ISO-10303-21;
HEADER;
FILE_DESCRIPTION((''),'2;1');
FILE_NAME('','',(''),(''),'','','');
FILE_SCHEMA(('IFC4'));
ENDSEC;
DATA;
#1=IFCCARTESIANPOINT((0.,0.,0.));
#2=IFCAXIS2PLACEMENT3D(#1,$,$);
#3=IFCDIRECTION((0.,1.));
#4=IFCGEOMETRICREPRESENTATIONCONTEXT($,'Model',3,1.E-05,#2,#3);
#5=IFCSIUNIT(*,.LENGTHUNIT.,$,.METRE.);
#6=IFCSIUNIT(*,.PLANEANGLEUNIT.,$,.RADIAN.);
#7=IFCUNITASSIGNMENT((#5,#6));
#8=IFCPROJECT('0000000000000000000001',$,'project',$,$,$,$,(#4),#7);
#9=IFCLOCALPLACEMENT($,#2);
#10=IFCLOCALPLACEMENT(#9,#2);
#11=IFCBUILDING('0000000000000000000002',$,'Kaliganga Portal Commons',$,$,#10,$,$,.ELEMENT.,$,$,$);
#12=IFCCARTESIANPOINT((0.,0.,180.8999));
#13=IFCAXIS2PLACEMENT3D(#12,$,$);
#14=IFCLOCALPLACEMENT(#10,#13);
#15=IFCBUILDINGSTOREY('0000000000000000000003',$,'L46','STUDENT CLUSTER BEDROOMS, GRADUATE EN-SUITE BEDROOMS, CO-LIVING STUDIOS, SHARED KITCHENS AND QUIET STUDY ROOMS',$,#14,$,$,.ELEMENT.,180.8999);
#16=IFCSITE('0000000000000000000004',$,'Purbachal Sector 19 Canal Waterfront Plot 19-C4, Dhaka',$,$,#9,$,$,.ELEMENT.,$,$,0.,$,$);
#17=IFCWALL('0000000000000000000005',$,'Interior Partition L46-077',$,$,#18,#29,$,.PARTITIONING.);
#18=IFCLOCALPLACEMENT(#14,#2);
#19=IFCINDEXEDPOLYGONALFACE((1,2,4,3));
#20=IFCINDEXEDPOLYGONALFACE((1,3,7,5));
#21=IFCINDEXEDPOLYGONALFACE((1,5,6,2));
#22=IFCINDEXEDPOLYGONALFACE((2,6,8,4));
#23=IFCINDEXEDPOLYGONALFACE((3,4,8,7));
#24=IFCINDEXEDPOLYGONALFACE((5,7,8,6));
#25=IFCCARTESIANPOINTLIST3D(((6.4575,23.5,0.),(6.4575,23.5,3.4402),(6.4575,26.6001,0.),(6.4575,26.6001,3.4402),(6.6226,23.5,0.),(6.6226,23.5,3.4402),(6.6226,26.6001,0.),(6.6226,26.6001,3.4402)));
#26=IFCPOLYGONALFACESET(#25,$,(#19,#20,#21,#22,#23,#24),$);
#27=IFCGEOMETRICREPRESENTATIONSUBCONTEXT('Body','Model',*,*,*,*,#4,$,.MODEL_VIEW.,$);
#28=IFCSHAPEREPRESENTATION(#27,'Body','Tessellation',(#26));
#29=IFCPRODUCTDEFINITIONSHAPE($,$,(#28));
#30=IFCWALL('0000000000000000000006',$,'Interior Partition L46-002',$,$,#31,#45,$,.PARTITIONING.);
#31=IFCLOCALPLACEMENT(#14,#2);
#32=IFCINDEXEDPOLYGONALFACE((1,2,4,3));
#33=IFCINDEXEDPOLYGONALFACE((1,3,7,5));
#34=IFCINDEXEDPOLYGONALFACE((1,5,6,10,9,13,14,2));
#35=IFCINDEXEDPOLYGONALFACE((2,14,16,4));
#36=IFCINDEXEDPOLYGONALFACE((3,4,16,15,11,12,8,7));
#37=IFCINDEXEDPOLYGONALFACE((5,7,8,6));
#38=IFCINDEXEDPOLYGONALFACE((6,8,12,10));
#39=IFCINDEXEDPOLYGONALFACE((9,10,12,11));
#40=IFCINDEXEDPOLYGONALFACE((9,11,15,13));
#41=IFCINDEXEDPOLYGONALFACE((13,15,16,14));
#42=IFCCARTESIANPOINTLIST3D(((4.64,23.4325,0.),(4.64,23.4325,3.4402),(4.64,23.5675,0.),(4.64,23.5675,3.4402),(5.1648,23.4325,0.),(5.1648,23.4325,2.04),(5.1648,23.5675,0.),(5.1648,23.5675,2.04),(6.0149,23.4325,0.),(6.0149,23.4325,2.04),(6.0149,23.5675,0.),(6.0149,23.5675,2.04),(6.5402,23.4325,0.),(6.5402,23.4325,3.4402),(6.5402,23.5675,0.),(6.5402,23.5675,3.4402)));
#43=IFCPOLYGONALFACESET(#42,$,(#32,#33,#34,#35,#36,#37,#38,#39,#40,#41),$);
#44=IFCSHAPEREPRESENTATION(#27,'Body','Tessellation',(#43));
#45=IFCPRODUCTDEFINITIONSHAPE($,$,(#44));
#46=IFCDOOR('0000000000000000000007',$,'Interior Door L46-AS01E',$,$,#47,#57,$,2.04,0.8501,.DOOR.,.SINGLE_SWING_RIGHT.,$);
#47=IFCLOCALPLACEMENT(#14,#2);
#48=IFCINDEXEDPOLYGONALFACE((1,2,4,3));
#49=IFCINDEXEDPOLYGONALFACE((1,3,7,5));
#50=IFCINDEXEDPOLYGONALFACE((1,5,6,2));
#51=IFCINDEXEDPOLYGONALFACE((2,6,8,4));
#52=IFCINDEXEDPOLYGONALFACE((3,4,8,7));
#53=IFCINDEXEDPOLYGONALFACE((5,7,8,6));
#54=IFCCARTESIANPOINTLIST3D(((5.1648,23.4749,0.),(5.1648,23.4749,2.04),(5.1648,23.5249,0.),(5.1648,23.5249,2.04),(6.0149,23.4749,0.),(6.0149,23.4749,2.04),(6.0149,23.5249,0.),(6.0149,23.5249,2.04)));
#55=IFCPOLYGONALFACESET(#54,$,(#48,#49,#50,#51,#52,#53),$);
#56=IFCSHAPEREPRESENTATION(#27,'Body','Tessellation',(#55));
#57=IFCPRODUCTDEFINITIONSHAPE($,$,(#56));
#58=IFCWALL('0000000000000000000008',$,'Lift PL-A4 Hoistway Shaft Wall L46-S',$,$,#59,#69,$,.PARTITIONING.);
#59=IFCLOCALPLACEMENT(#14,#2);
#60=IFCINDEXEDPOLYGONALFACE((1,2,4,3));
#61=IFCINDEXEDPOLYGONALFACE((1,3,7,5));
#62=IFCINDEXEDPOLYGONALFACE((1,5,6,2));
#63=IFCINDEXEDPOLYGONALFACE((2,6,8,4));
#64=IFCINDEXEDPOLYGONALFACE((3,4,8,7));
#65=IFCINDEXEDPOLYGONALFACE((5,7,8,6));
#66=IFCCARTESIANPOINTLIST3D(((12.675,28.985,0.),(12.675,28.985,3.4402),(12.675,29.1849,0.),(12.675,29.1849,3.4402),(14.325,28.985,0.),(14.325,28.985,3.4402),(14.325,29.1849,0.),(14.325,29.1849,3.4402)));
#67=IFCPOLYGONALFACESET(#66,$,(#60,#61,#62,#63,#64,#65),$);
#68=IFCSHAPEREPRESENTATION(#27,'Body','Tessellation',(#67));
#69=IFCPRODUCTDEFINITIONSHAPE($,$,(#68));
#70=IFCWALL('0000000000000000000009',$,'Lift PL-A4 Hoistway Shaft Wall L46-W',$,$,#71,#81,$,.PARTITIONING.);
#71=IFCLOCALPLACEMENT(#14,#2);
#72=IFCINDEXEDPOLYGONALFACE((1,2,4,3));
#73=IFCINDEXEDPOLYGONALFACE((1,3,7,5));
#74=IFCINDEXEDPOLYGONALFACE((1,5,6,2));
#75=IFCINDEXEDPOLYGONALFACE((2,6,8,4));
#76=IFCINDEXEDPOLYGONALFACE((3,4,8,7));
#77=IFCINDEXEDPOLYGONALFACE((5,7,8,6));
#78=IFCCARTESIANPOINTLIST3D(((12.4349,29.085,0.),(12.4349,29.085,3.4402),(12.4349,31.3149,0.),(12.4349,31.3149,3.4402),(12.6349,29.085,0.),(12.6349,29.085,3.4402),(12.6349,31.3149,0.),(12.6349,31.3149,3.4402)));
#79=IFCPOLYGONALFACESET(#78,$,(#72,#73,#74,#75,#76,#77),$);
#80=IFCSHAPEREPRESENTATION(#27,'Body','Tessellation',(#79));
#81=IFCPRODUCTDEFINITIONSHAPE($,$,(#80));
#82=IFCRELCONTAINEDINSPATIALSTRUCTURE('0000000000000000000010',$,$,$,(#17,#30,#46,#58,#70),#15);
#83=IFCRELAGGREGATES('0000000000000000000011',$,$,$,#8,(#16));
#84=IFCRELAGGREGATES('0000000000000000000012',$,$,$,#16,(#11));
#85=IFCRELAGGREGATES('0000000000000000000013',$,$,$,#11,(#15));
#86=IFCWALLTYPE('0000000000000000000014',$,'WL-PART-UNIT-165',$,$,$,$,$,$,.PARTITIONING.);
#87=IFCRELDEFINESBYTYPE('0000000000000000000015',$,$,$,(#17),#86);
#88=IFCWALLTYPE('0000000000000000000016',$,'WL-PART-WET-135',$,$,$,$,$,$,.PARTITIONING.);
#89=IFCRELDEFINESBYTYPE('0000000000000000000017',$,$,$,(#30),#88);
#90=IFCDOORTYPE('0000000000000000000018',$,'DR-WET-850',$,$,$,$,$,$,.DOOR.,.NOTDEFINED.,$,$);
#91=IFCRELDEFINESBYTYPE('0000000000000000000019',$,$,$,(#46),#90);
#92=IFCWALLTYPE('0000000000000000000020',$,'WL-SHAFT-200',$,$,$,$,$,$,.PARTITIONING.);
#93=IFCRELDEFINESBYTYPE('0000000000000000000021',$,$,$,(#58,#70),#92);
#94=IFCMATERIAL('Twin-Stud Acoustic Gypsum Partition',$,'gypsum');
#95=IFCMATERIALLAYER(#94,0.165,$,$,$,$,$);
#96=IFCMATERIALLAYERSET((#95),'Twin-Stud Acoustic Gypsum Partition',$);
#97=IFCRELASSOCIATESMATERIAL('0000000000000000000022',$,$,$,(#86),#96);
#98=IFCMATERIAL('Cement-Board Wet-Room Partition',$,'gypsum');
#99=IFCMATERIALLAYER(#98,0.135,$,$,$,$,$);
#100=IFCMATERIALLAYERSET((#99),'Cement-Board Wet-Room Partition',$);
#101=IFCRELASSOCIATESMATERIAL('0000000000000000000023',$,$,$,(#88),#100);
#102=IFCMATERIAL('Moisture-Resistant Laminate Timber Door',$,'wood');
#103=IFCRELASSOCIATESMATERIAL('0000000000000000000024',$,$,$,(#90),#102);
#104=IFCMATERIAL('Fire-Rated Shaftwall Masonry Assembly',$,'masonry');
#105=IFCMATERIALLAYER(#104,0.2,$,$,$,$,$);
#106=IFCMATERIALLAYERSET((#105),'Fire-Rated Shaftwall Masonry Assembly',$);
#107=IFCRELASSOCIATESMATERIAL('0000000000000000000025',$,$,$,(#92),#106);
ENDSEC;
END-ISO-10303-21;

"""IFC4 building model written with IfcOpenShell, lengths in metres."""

from ifc_helpers import new_model, si_unit, direction, frame, frame_2d, origin, place, context, subcontext, project, spatial, rectangle, extrude, material, layer, layer_set, type_object, element, fill, save


model = new_model("IFC4")

# Units and contexts
model_context = context("Model", 3, precision=1e-05, world=origin(), true_north=direction((0.0, 1.0)))
body_context = subcontext(model_context, "Body", "Model", "MODEL_VIEW")
ifc_project = project(units=[si_unit("LENGTHUNIT", "METRE"), si_unit("PLANEANGLEUNIT", "RADIAN")], contexts=[model_context])

# Site, building, storey
site_placement = place(None, origin())
site = spatial("IfcSite", under=ifc_project, at=site_placement, Name="Purbachal Sector 19 Canal Waterfront Plot 19-C4, Dhaka", CompositionType="ELEMENT", RefElevation=0.0)
building_placement = place(site_placement, origin())
building = spatial("IfcBuilding", under=site, at=building_placement, Name="Kaliganga Portal Commons", CompositionType="ELEMENT")
storey_placement = place(building_placement, frame((0.0, 0.0, 180.8999)))
storey = spatial("IfcBuildingStorey", under=building, at=storey_placement, Name="L46", Description="STUDENT CLUSTER BEDROOMS, GRADUATE EN-SUITE BEDROOMS, CO-LIVING STUDIOS, SHARED KITCHENS AND QUIET STUDY ROOMS", CompositionType="ELEMENT", Elevation=180.8999)

# Wall
ifc_material_1 = material(Name="Twin-Stud Acoustic Gypsum Partition", Category="gypsum")
ifc_layer_1 = layer(ifc_material_1, 0.165)
ifc_layer_set_1 = layer_set([ifc_layer_1], Name="Twin-Stud Acoustic Gypsum Partition")
wall_type_1 = type_object("IfcWallType", Name="WL-PART-UNIT-165", PredefinedType="PARTITIONING", material=ifc_layer_set_1)
wall_1_placement = place(storey_placement, frame((6.54, 23.5, 0.0), z_axis=(0.0, 0.0, 1.0), x_axis=(0.0, 1.0, 0.0)))
element("IfcWall", 1, at=wall_1_placement, inside=storey, type_object=wall_type_1, Name="Interior Partition L46-077", PredefinedType="PARTITIONING", context=body_context, shape_type="SweptSolid", body=[
    extrude(rectangle(XDim=3.1001, YDim=0.165, at=frame_2d((1.55, 0.0))), origin(), (0.0, 0.0, 1.0), 3.4402),
])

# Wall, opening, door
ifc_material_2 = material(Name="Cement-Board Wet-Room Partition", Category="gypsum")
ifc_layer_2 = layer(ifc_material_2, 0.135)
ifc_layer_set_2 = layer_set([ifc_layer_2], Name="Cement-Board Wet-Room Partition")
wall_type_2 = type_object("IfcWallType", Name="WL-PART-WET-135", PredefinedType="PARTITIONING", material=ifc_layer_set_2)
wall_2_placement = place(storey_placement, frame((4.6399, 23.5, 0.0), z_axis=(0.0, 0.0, 1.0), x_axis=(1.0, 0.0, 0.0)))
wall_2 = element("IfcWall", 2, at=wall_2_placement, inside=storey, type_object=wall_type_2, Name="Interior Partition L46-002", PredefinedType="PARTITIONING", context=body_context, shape_type="SweptSolid", body=[
    extrude(rectangle(XDim=1.9001, YDim=0.135, at=frame_2d((0.9502, 0.0))), origin(), (0.0, 0.0, 1.0), 3.4402),
])
opening_1_placement = place(wall_2_placement, frame((0.5249, 0.0, 0.0)))
opening_1 = element("IfcOpeningElement", 3, at=opening_1_placement, cuts=wall_2, PredefinedType="OPENING", context=body_context, shape_type="SweptSolid", body=[
    extrude(rectangle(XDim=0.8501, YDim=2.04, at=frame_2d((0.425, 1.02))), frame((0.0, 0.0776, 0.0), z_axis=(0.0, -1.0, 0.0), x_axis=(1.0, 0.0, 0.0)), (0.0, 0.0, 1.0), 0.155),
])
ifc_material_3 = material(Name="Moisture-Resistant Laminate Timber Door", Category="wood")
door_type_1 = type_object("IfcDoorType", Name="DR-WET-850", OperationType="NOTDEFINED", PredefinedType="DOOR", material=ifc_material_3)
door_1_placement = place(opening_1_placement, origin())
door_1 = element("IfcDoor", 4, at=door_1_placement, inside=storey, type_object=door_type_1, Name="Interior Door L46-AS01E", OperationType="SINGLE_SWING_RIGHT", OverallHeight=2.04, OverallWidth=0.8501, PredefinedType="DOOR", context=body_context, shape_type="SweptSolid", body=[
    extrude(rectangle(XDim=0.8501, YDim=2.04, at=frame_2d((0.425, 1.02))), frame((0.0, 0.0249, 0.0), z_axis=(0.0, -1.0, 0.0), x_axis=(1.0, 0.0, 0.0)), (0.0, 0.0, 1.0), 0.05),
])
fill(opening_1, door_1)

# Walls
ifc_material_4 = material(Name="Fire-Rated Shaftwall Masonry Assembly", Category="masonry")
ifc_layer_3 = layer(ifc_material_4, 0.2)
ifc_layer_set_3 = layer_set([ifc_layer_3], Name="Fire-Rated Shaftwall Masonry Assembly")
wall_type_3 = type_object("IfcWallType", Name="WL-SHAFT-200", PredefinedType="PARTITIONING", material=ifc_layer_set_3)
wall_3_placement = place(storey_placement, frame((12.675, 29.085, 0.0), z_axis=(0.0, 0.0, 1.0), x_axis=(1.0, 0.0, 0.0)))
element("IfcWall", 5, at=wall_3_placement, inside=storey, type_object=wall_type_3, Name="Lift PL-A4 Hoistway Shaft Wall L46-S", PredefinedType="PARTITIONING", context=body_context, shape_type="SweptSolid", body=[
    extrude(rectangle(XDim=1.6499, YDim=0.2, at=frame_2d((0.825, 0.0))), origin(), (0.0, 0.0, 1.0), 3.4402),
])
wall_4_placement = place(storey_placement, frame((12.5349, 29.085, 0.0), z_axis=(0.0, 0.0, 1.0), x_axis=(0.0, 1.0, 0.0)))
element("IfcWall", 6, at=wall_4_placement, inside=storey, type_object=wall_type_3, Name="Lift PL-A4 Hoistway Shaft Wall L46-W", PredefinedType="PARTITIONING", context=body_context, shape_type="SweptSolid", body=[
    extrude(rectangle(XDim=2.23, YDim=0.2, at=frame_2d((1.115, 0.0))), origin(), (0.0, 0.0, 1.0), 3.4402),
])

save(model, "model.ifc")
